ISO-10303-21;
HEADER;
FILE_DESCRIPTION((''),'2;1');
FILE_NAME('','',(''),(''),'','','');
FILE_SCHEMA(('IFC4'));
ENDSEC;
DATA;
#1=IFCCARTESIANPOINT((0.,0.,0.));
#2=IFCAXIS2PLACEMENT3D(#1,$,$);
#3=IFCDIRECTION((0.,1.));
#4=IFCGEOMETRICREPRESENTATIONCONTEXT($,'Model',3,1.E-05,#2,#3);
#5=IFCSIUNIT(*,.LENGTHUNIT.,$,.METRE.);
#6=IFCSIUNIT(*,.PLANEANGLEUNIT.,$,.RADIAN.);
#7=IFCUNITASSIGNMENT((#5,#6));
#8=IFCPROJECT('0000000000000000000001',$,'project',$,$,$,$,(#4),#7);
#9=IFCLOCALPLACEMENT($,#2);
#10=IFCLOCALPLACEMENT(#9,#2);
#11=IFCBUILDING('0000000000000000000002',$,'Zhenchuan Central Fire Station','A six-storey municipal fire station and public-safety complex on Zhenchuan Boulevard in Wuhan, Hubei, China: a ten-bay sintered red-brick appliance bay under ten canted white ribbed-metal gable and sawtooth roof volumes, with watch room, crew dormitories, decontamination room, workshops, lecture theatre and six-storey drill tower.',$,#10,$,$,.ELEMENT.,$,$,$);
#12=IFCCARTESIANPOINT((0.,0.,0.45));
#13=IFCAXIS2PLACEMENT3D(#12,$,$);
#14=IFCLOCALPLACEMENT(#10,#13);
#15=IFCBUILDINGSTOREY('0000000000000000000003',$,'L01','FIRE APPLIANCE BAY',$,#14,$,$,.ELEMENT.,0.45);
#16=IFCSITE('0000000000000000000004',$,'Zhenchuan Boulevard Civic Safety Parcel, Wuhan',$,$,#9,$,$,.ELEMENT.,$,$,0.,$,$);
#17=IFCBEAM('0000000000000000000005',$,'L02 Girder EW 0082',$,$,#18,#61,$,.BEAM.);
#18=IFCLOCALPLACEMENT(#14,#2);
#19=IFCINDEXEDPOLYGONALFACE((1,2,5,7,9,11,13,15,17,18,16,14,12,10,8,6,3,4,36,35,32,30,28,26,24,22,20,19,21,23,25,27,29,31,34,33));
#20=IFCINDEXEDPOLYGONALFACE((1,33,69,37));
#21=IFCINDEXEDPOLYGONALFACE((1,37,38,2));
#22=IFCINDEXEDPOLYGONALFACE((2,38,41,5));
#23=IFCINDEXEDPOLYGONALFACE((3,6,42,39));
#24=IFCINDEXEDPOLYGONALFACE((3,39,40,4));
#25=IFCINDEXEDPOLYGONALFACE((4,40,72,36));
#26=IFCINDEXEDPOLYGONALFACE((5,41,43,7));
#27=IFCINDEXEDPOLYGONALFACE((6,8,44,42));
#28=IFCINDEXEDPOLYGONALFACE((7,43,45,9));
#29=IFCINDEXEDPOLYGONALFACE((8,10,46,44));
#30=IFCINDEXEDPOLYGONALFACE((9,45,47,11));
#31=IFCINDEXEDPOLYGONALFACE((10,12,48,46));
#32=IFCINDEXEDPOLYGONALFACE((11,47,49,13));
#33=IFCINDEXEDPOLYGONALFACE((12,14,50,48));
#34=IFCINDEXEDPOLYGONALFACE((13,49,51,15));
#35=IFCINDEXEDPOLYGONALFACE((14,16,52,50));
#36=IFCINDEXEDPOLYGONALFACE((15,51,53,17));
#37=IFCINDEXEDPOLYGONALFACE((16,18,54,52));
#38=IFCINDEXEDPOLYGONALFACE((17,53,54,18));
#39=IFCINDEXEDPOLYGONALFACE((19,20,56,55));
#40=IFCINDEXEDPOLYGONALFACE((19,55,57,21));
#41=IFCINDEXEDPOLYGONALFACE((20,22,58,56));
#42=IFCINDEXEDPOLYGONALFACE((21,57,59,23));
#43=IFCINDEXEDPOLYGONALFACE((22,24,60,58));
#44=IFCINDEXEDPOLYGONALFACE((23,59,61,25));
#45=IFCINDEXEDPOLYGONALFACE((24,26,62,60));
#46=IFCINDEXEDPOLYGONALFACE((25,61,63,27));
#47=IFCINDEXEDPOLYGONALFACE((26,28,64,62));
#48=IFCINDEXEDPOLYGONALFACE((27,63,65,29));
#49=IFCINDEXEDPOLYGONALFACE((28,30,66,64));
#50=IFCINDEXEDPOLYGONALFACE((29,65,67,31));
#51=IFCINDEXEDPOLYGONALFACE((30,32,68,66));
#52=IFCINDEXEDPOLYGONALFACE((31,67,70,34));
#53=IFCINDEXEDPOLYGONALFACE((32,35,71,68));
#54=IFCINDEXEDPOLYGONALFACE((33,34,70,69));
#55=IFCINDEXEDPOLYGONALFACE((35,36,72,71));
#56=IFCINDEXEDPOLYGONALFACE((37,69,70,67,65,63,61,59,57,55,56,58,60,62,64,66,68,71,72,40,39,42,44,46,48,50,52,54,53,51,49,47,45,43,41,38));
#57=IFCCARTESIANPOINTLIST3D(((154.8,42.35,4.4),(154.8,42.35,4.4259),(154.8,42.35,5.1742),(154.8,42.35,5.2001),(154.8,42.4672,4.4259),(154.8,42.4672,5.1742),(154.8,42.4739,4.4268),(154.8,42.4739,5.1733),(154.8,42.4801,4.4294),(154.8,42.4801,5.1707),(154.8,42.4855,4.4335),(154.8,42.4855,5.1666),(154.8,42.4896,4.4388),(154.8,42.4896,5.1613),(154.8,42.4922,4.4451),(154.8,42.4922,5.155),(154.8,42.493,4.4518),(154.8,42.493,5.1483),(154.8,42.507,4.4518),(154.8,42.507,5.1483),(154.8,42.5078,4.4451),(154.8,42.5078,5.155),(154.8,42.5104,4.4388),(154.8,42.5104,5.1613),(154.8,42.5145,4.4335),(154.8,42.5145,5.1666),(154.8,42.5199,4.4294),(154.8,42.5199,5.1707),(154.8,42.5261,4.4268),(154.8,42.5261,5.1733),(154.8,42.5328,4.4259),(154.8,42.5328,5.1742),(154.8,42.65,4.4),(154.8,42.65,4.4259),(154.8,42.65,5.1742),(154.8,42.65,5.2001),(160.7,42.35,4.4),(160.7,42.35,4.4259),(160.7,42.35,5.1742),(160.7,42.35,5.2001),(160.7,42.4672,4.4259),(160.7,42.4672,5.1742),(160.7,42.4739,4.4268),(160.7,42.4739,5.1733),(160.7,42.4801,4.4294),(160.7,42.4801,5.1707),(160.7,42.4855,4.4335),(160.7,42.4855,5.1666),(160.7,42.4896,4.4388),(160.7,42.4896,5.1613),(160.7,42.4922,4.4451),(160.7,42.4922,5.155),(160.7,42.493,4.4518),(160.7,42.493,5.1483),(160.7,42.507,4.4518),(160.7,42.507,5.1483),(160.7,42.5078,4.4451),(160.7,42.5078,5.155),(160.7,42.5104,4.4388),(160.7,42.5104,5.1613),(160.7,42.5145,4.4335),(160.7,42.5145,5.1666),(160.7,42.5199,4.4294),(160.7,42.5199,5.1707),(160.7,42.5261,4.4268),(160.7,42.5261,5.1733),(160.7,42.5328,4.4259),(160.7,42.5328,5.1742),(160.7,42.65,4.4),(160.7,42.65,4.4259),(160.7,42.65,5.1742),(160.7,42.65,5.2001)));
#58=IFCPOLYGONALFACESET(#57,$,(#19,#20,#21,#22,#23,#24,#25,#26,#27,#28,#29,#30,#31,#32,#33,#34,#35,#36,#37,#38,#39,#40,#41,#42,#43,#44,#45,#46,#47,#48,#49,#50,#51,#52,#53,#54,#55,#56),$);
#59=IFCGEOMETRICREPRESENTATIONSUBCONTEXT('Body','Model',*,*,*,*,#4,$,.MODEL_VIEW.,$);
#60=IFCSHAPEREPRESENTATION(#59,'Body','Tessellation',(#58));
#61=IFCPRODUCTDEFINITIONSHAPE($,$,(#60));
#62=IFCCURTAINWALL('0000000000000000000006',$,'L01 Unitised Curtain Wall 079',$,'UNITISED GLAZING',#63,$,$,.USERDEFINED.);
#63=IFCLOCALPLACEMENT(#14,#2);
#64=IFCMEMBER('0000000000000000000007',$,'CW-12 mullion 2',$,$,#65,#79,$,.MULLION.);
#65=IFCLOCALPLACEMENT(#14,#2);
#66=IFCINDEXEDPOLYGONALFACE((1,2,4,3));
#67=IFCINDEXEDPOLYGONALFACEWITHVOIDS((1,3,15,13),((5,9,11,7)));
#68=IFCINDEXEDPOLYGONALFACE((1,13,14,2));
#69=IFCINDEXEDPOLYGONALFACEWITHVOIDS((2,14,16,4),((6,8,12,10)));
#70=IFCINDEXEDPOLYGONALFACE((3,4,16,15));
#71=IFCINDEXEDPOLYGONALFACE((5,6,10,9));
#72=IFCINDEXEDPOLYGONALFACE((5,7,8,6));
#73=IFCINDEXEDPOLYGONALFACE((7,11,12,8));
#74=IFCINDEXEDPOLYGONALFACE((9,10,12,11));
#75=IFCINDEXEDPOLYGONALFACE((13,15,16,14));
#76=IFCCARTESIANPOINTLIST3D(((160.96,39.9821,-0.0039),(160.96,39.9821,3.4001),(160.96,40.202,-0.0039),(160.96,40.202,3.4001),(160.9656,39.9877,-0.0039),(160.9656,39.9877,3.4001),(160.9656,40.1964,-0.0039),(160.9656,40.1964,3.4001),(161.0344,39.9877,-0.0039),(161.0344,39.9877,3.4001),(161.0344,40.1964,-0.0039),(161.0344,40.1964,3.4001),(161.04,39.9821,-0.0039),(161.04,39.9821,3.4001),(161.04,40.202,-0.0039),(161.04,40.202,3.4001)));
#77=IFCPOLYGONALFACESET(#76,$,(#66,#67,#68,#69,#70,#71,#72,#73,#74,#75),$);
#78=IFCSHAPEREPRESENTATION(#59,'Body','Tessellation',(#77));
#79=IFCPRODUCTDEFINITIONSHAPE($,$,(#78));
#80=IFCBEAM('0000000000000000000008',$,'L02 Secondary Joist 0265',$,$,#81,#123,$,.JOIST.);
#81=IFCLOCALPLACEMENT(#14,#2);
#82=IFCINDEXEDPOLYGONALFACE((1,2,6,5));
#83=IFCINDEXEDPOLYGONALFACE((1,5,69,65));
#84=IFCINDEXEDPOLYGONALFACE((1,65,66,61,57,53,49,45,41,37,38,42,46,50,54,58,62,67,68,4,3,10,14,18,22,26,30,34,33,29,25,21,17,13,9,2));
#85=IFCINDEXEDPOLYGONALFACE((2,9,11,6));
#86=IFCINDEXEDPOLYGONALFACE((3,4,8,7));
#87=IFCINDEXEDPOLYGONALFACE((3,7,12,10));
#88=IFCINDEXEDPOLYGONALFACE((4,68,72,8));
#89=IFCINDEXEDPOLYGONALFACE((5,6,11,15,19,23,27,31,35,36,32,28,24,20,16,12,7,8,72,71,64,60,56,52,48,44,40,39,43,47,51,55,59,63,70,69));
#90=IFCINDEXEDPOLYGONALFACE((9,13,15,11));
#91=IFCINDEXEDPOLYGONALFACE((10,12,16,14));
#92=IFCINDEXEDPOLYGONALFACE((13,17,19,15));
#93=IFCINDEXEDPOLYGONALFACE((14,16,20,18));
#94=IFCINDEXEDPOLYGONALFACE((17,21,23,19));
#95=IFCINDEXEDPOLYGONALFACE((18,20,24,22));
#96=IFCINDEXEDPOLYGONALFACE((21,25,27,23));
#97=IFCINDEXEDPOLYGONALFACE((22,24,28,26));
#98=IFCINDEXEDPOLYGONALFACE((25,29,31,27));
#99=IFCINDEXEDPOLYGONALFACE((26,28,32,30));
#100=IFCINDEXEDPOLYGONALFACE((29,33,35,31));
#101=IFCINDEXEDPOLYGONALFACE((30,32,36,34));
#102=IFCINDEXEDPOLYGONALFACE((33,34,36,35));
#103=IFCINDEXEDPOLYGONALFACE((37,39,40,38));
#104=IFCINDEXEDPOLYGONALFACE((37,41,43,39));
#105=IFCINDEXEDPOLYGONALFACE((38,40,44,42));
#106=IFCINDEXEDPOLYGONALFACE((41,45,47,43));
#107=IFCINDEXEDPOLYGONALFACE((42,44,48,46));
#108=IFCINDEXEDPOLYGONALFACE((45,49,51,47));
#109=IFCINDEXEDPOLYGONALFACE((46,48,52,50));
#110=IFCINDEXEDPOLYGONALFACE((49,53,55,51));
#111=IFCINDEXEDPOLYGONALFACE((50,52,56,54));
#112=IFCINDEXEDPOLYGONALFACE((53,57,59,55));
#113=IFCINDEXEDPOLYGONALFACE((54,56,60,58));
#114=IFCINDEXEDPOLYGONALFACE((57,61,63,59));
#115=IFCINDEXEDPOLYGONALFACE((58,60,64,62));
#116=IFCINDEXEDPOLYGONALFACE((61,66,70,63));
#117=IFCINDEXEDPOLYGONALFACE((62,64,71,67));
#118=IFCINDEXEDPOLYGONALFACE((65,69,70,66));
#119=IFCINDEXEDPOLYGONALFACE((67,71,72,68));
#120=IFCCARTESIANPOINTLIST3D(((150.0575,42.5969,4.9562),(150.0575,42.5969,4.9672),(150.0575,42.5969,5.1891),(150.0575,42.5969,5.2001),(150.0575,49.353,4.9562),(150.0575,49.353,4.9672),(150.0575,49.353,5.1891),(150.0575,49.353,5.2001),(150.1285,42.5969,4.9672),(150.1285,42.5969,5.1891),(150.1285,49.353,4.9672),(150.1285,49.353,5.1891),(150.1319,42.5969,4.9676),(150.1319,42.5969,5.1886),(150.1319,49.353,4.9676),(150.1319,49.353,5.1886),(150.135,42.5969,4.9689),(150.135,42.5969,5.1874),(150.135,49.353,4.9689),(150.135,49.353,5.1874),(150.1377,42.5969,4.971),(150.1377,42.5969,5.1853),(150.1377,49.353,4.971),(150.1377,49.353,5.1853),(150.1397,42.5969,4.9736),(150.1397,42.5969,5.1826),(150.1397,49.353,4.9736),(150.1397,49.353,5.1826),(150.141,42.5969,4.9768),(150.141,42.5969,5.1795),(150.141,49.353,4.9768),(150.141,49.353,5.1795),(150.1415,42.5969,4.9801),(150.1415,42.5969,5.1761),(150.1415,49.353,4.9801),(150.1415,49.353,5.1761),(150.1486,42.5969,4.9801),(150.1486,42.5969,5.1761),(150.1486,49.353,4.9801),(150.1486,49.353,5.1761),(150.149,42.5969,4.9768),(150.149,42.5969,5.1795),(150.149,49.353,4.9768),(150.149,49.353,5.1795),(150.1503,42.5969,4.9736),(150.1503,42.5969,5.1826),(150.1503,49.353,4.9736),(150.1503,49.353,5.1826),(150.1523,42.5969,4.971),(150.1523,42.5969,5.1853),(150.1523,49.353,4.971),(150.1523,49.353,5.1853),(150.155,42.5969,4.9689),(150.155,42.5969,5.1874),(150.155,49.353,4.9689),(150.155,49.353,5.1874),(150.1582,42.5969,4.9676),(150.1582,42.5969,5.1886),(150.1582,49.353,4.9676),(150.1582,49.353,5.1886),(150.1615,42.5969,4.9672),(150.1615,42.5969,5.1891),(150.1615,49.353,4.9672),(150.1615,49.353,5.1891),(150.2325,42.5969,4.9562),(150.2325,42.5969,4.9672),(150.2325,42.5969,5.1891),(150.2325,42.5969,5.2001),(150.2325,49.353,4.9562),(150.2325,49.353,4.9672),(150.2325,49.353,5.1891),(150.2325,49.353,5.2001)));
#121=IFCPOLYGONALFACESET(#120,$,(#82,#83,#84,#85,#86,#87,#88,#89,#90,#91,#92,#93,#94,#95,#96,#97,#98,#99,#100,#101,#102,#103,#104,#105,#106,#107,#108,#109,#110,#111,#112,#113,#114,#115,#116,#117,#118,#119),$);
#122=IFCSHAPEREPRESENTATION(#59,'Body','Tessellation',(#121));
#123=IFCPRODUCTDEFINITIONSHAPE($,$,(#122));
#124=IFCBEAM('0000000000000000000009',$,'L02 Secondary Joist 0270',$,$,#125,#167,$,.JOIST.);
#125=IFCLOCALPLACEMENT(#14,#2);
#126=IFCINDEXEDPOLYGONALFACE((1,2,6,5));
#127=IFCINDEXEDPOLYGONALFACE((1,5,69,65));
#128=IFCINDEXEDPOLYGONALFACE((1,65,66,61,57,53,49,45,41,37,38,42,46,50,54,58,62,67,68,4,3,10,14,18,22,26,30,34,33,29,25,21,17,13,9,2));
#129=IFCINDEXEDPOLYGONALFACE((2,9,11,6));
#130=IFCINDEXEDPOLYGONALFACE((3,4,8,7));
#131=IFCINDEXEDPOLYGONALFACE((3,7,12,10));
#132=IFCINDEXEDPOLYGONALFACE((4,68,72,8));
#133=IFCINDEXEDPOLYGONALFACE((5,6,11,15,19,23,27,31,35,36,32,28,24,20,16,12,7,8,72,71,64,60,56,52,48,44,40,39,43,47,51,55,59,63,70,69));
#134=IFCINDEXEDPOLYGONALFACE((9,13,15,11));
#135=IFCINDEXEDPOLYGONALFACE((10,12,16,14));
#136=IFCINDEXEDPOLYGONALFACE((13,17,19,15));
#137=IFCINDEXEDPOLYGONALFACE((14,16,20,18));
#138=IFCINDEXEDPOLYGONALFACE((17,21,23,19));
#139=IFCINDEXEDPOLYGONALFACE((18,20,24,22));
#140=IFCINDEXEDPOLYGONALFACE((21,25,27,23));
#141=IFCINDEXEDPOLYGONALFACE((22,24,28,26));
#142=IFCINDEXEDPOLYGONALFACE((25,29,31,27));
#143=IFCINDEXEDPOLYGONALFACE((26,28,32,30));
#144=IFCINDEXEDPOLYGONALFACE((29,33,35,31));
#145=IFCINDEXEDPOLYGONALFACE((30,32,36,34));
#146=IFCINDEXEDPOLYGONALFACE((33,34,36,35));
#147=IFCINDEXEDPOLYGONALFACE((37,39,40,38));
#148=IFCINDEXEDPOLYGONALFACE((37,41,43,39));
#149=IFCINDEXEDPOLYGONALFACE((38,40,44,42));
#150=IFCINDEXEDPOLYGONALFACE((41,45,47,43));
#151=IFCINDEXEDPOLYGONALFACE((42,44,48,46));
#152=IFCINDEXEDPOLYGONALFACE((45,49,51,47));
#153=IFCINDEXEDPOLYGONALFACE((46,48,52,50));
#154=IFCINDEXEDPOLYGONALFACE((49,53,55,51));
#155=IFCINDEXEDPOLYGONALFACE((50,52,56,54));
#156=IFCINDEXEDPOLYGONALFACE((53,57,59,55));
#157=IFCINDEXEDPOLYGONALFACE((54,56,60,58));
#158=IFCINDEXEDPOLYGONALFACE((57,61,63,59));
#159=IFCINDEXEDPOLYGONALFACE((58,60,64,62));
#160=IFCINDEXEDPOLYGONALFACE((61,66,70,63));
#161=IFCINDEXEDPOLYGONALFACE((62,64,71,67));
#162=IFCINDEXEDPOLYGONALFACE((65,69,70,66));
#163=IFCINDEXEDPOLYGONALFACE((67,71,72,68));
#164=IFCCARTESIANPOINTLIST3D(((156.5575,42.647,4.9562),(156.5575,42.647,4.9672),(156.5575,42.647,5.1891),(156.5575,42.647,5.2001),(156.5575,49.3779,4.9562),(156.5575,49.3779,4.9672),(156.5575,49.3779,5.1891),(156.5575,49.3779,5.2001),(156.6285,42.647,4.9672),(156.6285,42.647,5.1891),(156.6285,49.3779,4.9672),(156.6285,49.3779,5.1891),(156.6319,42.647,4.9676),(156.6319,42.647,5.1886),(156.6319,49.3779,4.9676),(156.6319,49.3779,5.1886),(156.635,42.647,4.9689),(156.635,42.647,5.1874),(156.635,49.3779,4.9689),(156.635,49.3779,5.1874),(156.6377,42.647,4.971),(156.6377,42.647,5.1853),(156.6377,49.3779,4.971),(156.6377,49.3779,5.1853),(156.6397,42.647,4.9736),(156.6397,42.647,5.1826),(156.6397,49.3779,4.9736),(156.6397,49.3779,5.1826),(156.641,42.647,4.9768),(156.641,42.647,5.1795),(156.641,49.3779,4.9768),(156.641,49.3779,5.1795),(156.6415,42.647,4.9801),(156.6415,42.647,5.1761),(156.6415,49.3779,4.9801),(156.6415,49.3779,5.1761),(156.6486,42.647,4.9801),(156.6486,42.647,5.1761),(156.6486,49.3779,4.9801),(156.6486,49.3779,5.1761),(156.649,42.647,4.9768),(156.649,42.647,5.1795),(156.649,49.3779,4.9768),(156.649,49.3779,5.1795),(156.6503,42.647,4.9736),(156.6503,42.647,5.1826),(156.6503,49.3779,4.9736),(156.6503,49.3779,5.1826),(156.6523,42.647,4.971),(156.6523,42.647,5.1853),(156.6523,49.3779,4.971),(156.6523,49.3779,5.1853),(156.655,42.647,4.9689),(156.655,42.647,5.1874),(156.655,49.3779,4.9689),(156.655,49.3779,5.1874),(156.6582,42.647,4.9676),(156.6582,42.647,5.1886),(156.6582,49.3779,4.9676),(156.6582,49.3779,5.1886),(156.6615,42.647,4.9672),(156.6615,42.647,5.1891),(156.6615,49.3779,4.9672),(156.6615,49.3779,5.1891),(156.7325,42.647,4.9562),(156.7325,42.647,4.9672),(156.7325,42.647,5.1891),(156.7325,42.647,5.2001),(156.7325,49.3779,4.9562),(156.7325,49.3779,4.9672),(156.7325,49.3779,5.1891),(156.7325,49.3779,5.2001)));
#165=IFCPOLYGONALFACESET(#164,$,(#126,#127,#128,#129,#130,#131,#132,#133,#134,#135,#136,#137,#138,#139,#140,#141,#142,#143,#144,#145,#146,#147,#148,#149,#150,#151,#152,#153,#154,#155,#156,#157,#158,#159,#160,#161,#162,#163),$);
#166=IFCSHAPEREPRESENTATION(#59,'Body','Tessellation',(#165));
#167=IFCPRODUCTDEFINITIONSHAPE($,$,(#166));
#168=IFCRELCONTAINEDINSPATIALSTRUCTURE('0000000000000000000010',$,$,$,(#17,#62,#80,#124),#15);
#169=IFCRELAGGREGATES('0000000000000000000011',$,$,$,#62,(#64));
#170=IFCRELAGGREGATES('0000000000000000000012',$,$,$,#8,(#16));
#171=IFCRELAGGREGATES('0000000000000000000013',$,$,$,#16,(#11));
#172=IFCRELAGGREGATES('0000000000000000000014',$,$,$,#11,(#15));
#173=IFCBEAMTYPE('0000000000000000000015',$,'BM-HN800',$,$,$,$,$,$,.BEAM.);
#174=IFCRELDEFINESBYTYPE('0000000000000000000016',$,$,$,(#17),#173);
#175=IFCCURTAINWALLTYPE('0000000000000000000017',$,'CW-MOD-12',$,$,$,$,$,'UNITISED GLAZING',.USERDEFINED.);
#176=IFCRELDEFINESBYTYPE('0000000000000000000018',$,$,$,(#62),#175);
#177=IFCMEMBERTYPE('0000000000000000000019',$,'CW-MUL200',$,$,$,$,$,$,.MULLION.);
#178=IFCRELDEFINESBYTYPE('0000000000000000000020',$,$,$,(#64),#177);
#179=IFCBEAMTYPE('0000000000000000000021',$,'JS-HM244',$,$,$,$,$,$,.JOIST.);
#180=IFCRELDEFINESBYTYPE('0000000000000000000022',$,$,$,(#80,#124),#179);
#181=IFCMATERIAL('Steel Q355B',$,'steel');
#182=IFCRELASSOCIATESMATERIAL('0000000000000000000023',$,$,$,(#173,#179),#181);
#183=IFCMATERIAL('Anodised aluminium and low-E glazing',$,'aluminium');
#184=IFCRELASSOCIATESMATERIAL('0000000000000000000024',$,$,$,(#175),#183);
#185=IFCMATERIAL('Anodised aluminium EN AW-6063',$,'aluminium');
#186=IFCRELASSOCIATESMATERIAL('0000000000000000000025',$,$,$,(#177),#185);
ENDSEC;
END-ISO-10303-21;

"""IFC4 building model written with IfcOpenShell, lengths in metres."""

from ifc_helpers import new_model, si_unit, direction, frame, origin, origin_2d, place, context, subcontext, project, spatial, hollow_rectangle, i_section, extrude, material, material_profile, profile_set, type_object, element, aggregate, save


model = new_model("IFC4")

# Units and contexts
model_context = context("Model", 3, precision=1e-05, world=origin(), true_north=direction((0.0, 1.0)))
body_context = subcontext(model_context, "Body", "Model", "MODEL_VIEW")
ifc_project = project(units=[si_unit("LENGTHUNIT", "METRE"), si_unit("PLANEANGLEUNIT", "RADIAN")], contexts=[model_context])

# Site, building, storey
site_placement = place(None, origin())
site = spatial("IfcSite", under=ifc_project, at=site_placement, Name="Zhenchuan Boulevard Civic Safety Parcel, Wuhan", CompositionType="ELEMENT", RefElevation=0.0)
building_placement = place(site_placement, origin())
building = spatial("IfcBuilding", under=site, at=building_placement, Name="Zhenchuan Central Fire Station", Description="A six-storey municipal fire station and public-safety complex on Zhenchuan Boulevard in Wuhan, Hubei, China: a ten-bay sintered red-brick appliance bay under ten canted white ribbed-metal gable and sawtooth roof volumes, with watch room, crew dormitories, decontamination room, workshops, lecture theatre and six-storey drill tower.", CompositionType="ELEMENT")
storey_placement = place(building_placement, frame((0.0, 0.0, 0.45)))
storey = spatial("IfcBuildingStorey", under=building, at=storey_placement, Name="L01", Description="FIRE APPLIANCE BAY", CompositionType="ELEMENT", Elevation=0.45)

# Beam
ifc_material_1 = material(Name="Steel Q355B", Category="steel")
ifc_material_profile_1 = material_profile(ifc_material_1, i_section(OverallWidth=0.3, OverallDepth=0.8, WebThickness=0.0139, FlangeThickness=0.0259, FilletRadius=0.0259, at=origin_2d()), Name="HN 800x300")
ifc_profile_set_1 = profile_set([ifc_material_profile_1], Name="Steel Q355B")
beam_type_1 = type_object("IfcBeamType", Name="BM-HN800", PredefinedType="BEAM", material=ifc_profile_set_1)
beam_1_placement = place(storey_placement, frame((154.8, 42.5, 4.8), z_axis=(1.0, 0.0, 0.0), x_axis=(0.0, 1.0, 0.0)))
element("IfcBeam", 1, at=beam_1_placement, inside=storey, type_object=beam_type_1, Name="L02 Girder EW 0082", PredefinedType="BEAM", context=body_context, shape_type="SweptSolid", body=[
    extrude(i_section(OverallWidth=0.3, OverallDepth=0.8, WebThickness=0.0139, FlangeThickness=0.0259, FilletRadius=0.0259, at=origin_2d()), origin(), (0.0, 0.0, 1.0), 5.8999),
])

# Curtain wall, member
ifc_material_2 = material(Name="Anodised aluminium and low-E glazing", Category="aluminium")
curtain_wall_type = type_object("IfcCurtainWallType", Name="CW-MOD-12", ElementType="UNITISED GLAZING", PredefinedType="USERDEFINED", material=ifc_material_2)
curtain_wall_placement = place(storey_placement, origin())
curtain_wall = element("IfcCurtainWall", 2, at=curtain_wall_placement, inside=storey, type_object=curtain_wall_type, Name="L01 Unitised Curtain Wall 079", ObjectType="UNITISED GLAZING", PredefinedType="USERDEFINED")
ifc_material_3 = material(Name="Anodised aluminium EN AW-6063", Category="aluminium")
ifc_material_profile_2 = material_profile(ifc_material_3, hollow_rectangle(XDim=0.0801, YDim=0.22, WallThickness=0.0056, at=origin_2d()), Name="ALU-M 220x80")
ifc_profile_set_2 = profile_set([ifc_material_profile_2], Name="Anodised aluminium EN AW-6063")
member_type = type_object("IfcMemberType", Name="CW-MUL200", PredefinedType="MULLION", material=ifc_profile_set_2)
member_placement = place(storey_placement, frame((161.0, 40.092, -0.0039), z_axis=(0.0, 0.0, 1.0), x_axis=(-1.0, 0.0, 0.0)))
member = element("IfcMember", 3, at=member_placement, type_object=member_type, Name="CW-12 mullion 2", PredefinedType="MULLION", context=body_context, shape_type="SweptSolid", body=[
    extrude(hollow_rectangle(XDim=0.0801, YDim=0.22, WallThickness=0.0056, at=origin_2d()), origin(), (0.0, 0.0, 1.0), 3.4041),
])

# Beams
ifc_material_profile_3 = material_profile(ifc_material_1, i_section(OverallWidth=0.175, OverallDepth=0.2439, WebThickness=0.0071, FlangeThickness=0.011, FilletRadius=0.0129, at=origin_2d()), Name="HM 244x175")
ifc_profile_set_3 = profile_set([ifc_material_profile_3], Name="Steel Q355B")
beam_type_2 = type_object("IfcBeamType", Name="JS-HM244", PredefinedType="JOIST", material=ifc_profile_set_3)
beam_2_placement = place(storey_placement, frame((150.145, 42.5969, 5.0781), z_axis=(0.0, 1.0, 0.0), x_axis=(-1.0, 0.0, 0.0)))
element("IfcBeam", 4, at=beam_2_placement, inside=storey, type_object=beam_type_2, Name="L02 Secondary Joist 0265", PredefinedType="JOIST", context=body_context, shape_type="SweptSolid", body=[
    extrude(i_section(OverallWidth=0.175, OverallDepth=0.2439, WebThickness=0.0071, FlangeThickness=0.011, FilletRadius=0.0129, at=origin_2d()), origin(), (0.0, 0.0, 1.0), 6.7561),
])
for number, where, z_axis, x_axis, name in (
    (5, (156.645, 42.647, 5.0781), (0.0, 1.0, 0.0), (-1.0, 0.0, 0.0), "L02 Secondary Joist 0270"),
):
    element("IfcBeam", number, at=place(storey_placement, frame(where, z_axis=z_axis, x_axis=x_axis)), inside=storey, type_object=beam_type_2, Name=name, PredefinedType="JOIST", context=body_context, shape_type="SweptSolid", body=[
        extrude(i_section(OverallWidth=0.175, OverallDepth=0.2439, WebThickness=0.0071, FlangeThickness=0.011, FilletRadius=0.0129, at=origin_2d()), origin(), (0.0, 0.0, 1.0), 6.731),
    ])

aggregate(curtain_wall, [member])

save(model, "model.ifc")
